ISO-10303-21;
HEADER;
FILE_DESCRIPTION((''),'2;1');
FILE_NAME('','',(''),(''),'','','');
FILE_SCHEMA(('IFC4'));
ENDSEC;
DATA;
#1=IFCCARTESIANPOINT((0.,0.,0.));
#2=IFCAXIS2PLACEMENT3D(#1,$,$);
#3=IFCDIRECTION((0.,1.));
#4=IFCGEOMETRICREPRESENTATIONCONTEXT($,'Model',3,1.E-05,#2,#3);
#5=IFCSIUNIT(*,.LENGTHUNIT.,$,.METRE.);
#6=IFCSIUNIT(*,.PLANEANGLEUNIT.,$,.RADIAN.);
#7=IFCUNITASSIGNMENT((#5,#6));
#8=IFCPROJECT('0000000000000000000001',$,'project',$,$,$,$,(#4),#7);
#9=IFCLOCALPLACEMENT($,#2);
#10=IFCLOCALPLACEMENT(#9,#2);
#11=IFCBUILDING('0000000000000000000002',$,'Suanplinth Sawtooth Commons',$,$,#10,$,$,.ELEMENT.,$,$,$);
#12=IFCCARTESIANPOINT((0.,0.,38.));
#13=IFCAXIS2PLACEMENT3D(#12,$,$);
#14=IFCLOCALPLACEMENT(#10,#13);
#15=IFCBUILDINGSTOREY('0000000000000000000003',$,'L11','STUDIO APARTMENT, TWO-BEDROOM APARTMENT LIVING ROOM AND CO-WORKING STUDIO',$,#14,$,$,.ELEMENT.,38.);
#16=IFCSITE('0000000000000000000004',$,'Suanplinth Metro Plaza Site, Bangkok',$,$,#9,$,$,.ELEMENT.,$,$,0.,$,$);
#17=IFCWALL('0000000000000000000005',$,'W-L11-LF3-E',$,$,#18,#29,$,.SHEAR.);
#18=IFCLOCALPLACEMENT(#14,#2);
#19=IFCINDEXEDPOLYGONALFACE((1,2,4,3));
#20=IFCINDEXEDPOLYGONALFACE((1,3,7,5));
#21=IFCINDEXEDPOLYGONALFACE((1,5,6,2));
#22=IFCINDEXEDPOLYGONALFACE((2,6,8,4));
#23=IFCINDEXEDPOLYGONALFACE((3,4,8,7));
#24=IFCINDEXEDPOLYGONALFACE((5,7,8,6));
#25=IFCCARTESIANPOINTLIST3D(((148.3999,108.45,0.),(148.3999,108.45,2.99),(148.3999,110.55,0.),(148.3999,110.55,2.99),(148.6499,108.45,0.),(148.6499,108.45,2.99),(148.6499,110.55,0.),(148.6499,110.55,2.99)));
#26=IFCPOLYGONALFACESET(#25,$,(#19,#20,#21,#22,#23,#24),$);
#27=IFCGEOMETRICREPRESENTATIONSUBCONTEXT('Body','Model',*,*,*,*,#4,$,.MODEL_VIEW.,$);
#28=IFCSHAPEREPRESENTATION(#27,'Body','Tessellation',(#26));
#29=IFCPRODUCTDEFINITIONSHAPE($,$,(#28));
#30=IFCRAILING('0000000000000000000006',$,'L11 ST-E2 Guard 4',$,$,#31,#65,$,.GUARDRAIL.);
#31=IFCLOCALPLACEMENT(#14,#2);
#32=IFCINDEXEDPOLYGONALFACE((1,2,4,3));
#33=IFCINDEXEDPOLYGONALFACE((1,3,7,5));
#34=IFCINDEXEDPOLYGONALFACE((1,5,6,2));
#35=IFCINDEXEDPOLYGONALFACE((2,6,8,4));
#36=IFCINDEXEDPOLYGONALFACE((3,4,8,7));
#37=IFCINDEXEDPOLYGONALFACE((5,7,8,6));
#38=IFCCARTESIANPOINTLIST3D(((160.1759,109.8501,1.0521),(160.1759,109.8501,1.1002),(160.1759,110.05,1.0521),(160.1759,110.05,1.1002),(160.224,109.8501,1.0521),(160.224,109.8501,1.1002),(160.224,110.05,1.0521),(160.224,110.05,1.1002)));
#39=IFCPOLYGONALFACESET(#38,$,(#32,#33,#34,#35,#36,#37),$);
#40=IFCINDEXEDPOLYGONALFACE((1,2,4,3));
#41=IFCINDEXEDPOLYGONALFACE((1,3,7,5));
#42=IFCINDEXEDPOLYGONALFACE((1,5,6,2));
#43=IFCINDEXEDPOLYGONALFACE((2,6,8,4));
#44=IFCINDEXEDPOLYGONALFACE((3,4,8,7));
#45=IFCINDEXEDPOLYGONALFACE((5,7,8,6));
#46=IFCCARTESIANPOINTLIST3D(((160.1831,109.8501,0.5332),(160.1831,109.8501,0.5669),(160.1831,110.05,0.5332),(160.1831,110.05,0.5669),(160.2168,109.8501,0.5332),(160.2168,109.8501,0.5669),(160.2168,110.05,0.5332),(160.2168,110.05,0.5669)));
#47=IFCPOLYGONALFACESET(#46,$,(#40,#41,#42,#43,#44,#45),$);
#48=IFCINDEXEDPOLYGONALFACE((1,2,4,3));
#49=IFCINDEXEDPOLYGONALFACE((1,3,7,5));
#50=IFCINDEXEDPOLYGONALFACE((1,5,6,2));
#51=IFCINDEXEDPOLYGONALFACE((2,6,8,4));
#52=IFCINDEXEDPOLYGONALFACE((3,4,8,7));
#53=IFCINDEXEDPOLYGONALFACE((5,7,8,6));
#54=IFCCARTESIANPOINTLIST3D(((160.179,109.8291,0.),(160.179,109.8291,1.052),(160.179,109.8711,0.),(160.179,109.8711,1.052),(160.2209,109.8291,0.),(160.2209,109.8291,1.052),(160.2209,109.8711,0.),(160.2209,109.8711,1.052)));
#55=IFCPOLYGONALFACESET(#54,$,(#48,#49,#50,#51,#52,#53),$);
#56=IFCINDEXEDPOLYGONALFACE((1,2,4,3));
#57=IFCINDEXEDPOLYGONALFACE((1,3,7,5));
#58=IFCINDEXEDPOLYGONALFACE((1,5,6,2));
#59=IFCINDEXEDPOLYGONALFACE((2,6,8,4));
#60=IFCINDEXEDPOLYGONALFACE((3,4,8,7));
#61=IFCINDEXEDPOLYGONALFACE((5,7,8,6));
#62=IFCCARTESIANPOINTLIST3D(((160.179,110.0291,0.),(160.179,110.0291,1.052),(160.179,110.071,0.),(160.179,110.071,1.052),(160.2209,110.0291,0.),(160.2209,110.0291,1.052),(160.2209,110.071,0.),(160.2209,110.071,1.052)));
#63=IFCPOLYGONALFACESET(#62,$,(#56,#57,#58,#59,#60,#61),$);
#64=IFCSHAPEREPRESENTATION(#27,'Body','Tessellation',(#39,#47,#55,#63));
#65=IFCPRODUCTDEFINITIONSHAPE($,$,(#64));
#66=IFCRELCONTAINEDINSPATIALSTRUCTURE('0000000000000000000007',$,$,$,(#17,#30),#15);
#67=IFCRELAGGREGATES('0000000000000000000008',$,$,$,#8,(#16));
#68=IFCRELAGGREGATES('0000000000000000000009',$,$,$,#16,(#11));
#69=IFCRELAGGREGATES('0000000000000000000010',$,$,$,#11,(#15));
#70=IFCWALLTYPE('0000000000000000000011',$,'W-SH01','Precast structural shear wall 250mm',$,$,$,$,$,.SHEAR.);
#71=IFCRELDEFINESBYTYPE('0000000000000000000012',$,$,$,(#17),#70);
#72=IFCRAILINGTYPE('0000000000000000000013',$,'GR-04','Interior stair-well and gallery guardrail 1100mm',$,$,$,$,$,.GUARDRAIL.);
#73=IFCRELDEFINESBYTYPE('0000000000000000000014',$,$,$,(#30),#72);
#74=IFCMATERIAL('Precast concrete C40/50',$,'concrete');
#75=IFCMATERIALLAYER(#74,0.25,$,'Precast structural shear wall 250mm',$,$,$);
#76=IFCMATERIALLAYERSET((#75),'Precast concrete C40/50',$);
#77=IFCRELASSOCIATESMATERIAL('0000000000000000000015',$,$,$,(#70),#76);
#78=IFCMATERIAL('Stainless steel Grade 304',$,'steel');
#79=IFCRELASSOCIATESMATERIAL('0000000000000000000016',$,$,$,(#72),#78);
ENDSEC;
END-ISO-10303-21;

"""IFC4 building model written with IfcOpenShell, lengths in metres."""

from ifc_helpers import new_model, si_unit, direction, frame, frame_2d, origin, origin_2d, place, context, subcontext, project, spatial, rectangle, extrude, material, layer, layer_set, type_object, element, save


model = new_model("IFC4")

# Units and contexts
model_context = context("Model", 3, precision=1e-05, world=origin(), true_north=direction((0.0, 1.0)))
body_context = subcontext(model_context, "Body", "Model", "MODEL_VIEW")
ifc_project = project(units=[si_unit("LENGTHUNIT", "METRE"), si_unit("PLANEANGLEUNIT", "RADIAN")], contexts=[model_context])

# Site, building, storey
site_placement = place(None, origin())
site = spatial("IfcSite", under=ifc_project, at=site_placement, Name="Suanplinth Metro Plaza Site, Bangkok", CompositionType="ELEMENT", RefElevation=0.0)
building_placement = place(site_placement, origin())
building = spatial("IfcBuilding", under=site, at=building_placement, Name="Suanplinth Sawtooth Commons", CompositionType="ELEMENT")
storey_placement = place(building_placement, frame((0.0, 0.0, 38.0)))
storey = spatial("IfcBuildingStorey", under=building, at=storey_placement, Name="L11", Description="STUDIO APARTMENT, TWO-BEDROOM APARTMENT LIVING ROOM AND CO-WORKING STUDIO", CompositionType="ELEMENT", Elevation=38.0)

# Shared definitions
ifc_material_1 = material(Name="Precast concrete C40/50", Category="concrete")

# Shared definitions
ifc_layer_1 = layer(ifc_material_1, 0.25, Name="Precast structural shear wall 250mm")
ifc_layer_set_1 = layer_set([ifc_layer_1], Name="Precast concrete C40/50")
wall_type_1 = type_object("IfcWallType", Name="W-SH01", Description="Precast structural shear wall 250mm", PredefinedType="SHEAR", material=ifc_layer_set_1)

# Shared definitions
ifc_material_2 = material(Name="Stainless steel Grade 304", Category="steel")

# Wall
wall_1_placement = place(storey_placement, frame((148.5249, 108.45, 0.0), z_axis=(0.0, 0.0, 1.0), x_axis=(0.0, 1.0, 0.0)))
element("IfcWall", 1, at=wall_1_placement, inside=storey, type_object=wall_type_1, Name="W-L11-LF3-E", PredefinedType="SHEAR", context=body_context, shape_type="SweptSolid", body=[
    extrude(rectangle(XDim=2.1001, YDim=0.25, at=frame_2d((1.05, 0.0))), origin(), (0.0, 0.0, 1.0), 2.99),
])

# Railing
railing_type = type_object("IfcRailingType", Name="GR-04", Description="Interior stair-well and gallery guardrail 1100mm", PredefinedType="GUARDRAIL", material=ifc_material_2)
railing_placement = place(storey_placement, frame((160.2, 109.8501, 0.0)))
element("IfcRailing", 2, at=railing_placement, inside=storey, type_object=railing_type, Name="L11 ST-E2 Guard 4", PredefinedType="GUARDRAIL", context=body_context, shape_type="SweptSolid", body=[
    extrude(rectangle(XDim=0.0481, YDim=0.0481, at=origin_2d()), frame((0.0, 0.0, 1.0762), z_axis=(0.0, 1.0, 0.0), x_axis=(-1.0, 0.0, 0.0)), (0.0, 0.0, 1.0), 0.2),
    extrude(rectangle(XDim=0.0337, YDim=0.0337, at=origin_2d()), frame((0.0, 0.0, 0.55), z_axis=(0.0, 1.0, 0.0), x_axis=(-1.0, 0.0, 0.0)), (0.0, 0.0, 1.0), 0.2),
    extrude(rectangle(XDim=0.042, YDim=0.042, at=origin_2d()), origin(), (0.0, 0.0, 1.0), 1.052),
    extrude(rectangle(XDim=0.042, YDim=0.042, at=origin_2d()), frame((0.0, 0.2, 0.0)), (0.0, 0.0, 1.0), 1.052),
])

save(model, "model.ifc")
